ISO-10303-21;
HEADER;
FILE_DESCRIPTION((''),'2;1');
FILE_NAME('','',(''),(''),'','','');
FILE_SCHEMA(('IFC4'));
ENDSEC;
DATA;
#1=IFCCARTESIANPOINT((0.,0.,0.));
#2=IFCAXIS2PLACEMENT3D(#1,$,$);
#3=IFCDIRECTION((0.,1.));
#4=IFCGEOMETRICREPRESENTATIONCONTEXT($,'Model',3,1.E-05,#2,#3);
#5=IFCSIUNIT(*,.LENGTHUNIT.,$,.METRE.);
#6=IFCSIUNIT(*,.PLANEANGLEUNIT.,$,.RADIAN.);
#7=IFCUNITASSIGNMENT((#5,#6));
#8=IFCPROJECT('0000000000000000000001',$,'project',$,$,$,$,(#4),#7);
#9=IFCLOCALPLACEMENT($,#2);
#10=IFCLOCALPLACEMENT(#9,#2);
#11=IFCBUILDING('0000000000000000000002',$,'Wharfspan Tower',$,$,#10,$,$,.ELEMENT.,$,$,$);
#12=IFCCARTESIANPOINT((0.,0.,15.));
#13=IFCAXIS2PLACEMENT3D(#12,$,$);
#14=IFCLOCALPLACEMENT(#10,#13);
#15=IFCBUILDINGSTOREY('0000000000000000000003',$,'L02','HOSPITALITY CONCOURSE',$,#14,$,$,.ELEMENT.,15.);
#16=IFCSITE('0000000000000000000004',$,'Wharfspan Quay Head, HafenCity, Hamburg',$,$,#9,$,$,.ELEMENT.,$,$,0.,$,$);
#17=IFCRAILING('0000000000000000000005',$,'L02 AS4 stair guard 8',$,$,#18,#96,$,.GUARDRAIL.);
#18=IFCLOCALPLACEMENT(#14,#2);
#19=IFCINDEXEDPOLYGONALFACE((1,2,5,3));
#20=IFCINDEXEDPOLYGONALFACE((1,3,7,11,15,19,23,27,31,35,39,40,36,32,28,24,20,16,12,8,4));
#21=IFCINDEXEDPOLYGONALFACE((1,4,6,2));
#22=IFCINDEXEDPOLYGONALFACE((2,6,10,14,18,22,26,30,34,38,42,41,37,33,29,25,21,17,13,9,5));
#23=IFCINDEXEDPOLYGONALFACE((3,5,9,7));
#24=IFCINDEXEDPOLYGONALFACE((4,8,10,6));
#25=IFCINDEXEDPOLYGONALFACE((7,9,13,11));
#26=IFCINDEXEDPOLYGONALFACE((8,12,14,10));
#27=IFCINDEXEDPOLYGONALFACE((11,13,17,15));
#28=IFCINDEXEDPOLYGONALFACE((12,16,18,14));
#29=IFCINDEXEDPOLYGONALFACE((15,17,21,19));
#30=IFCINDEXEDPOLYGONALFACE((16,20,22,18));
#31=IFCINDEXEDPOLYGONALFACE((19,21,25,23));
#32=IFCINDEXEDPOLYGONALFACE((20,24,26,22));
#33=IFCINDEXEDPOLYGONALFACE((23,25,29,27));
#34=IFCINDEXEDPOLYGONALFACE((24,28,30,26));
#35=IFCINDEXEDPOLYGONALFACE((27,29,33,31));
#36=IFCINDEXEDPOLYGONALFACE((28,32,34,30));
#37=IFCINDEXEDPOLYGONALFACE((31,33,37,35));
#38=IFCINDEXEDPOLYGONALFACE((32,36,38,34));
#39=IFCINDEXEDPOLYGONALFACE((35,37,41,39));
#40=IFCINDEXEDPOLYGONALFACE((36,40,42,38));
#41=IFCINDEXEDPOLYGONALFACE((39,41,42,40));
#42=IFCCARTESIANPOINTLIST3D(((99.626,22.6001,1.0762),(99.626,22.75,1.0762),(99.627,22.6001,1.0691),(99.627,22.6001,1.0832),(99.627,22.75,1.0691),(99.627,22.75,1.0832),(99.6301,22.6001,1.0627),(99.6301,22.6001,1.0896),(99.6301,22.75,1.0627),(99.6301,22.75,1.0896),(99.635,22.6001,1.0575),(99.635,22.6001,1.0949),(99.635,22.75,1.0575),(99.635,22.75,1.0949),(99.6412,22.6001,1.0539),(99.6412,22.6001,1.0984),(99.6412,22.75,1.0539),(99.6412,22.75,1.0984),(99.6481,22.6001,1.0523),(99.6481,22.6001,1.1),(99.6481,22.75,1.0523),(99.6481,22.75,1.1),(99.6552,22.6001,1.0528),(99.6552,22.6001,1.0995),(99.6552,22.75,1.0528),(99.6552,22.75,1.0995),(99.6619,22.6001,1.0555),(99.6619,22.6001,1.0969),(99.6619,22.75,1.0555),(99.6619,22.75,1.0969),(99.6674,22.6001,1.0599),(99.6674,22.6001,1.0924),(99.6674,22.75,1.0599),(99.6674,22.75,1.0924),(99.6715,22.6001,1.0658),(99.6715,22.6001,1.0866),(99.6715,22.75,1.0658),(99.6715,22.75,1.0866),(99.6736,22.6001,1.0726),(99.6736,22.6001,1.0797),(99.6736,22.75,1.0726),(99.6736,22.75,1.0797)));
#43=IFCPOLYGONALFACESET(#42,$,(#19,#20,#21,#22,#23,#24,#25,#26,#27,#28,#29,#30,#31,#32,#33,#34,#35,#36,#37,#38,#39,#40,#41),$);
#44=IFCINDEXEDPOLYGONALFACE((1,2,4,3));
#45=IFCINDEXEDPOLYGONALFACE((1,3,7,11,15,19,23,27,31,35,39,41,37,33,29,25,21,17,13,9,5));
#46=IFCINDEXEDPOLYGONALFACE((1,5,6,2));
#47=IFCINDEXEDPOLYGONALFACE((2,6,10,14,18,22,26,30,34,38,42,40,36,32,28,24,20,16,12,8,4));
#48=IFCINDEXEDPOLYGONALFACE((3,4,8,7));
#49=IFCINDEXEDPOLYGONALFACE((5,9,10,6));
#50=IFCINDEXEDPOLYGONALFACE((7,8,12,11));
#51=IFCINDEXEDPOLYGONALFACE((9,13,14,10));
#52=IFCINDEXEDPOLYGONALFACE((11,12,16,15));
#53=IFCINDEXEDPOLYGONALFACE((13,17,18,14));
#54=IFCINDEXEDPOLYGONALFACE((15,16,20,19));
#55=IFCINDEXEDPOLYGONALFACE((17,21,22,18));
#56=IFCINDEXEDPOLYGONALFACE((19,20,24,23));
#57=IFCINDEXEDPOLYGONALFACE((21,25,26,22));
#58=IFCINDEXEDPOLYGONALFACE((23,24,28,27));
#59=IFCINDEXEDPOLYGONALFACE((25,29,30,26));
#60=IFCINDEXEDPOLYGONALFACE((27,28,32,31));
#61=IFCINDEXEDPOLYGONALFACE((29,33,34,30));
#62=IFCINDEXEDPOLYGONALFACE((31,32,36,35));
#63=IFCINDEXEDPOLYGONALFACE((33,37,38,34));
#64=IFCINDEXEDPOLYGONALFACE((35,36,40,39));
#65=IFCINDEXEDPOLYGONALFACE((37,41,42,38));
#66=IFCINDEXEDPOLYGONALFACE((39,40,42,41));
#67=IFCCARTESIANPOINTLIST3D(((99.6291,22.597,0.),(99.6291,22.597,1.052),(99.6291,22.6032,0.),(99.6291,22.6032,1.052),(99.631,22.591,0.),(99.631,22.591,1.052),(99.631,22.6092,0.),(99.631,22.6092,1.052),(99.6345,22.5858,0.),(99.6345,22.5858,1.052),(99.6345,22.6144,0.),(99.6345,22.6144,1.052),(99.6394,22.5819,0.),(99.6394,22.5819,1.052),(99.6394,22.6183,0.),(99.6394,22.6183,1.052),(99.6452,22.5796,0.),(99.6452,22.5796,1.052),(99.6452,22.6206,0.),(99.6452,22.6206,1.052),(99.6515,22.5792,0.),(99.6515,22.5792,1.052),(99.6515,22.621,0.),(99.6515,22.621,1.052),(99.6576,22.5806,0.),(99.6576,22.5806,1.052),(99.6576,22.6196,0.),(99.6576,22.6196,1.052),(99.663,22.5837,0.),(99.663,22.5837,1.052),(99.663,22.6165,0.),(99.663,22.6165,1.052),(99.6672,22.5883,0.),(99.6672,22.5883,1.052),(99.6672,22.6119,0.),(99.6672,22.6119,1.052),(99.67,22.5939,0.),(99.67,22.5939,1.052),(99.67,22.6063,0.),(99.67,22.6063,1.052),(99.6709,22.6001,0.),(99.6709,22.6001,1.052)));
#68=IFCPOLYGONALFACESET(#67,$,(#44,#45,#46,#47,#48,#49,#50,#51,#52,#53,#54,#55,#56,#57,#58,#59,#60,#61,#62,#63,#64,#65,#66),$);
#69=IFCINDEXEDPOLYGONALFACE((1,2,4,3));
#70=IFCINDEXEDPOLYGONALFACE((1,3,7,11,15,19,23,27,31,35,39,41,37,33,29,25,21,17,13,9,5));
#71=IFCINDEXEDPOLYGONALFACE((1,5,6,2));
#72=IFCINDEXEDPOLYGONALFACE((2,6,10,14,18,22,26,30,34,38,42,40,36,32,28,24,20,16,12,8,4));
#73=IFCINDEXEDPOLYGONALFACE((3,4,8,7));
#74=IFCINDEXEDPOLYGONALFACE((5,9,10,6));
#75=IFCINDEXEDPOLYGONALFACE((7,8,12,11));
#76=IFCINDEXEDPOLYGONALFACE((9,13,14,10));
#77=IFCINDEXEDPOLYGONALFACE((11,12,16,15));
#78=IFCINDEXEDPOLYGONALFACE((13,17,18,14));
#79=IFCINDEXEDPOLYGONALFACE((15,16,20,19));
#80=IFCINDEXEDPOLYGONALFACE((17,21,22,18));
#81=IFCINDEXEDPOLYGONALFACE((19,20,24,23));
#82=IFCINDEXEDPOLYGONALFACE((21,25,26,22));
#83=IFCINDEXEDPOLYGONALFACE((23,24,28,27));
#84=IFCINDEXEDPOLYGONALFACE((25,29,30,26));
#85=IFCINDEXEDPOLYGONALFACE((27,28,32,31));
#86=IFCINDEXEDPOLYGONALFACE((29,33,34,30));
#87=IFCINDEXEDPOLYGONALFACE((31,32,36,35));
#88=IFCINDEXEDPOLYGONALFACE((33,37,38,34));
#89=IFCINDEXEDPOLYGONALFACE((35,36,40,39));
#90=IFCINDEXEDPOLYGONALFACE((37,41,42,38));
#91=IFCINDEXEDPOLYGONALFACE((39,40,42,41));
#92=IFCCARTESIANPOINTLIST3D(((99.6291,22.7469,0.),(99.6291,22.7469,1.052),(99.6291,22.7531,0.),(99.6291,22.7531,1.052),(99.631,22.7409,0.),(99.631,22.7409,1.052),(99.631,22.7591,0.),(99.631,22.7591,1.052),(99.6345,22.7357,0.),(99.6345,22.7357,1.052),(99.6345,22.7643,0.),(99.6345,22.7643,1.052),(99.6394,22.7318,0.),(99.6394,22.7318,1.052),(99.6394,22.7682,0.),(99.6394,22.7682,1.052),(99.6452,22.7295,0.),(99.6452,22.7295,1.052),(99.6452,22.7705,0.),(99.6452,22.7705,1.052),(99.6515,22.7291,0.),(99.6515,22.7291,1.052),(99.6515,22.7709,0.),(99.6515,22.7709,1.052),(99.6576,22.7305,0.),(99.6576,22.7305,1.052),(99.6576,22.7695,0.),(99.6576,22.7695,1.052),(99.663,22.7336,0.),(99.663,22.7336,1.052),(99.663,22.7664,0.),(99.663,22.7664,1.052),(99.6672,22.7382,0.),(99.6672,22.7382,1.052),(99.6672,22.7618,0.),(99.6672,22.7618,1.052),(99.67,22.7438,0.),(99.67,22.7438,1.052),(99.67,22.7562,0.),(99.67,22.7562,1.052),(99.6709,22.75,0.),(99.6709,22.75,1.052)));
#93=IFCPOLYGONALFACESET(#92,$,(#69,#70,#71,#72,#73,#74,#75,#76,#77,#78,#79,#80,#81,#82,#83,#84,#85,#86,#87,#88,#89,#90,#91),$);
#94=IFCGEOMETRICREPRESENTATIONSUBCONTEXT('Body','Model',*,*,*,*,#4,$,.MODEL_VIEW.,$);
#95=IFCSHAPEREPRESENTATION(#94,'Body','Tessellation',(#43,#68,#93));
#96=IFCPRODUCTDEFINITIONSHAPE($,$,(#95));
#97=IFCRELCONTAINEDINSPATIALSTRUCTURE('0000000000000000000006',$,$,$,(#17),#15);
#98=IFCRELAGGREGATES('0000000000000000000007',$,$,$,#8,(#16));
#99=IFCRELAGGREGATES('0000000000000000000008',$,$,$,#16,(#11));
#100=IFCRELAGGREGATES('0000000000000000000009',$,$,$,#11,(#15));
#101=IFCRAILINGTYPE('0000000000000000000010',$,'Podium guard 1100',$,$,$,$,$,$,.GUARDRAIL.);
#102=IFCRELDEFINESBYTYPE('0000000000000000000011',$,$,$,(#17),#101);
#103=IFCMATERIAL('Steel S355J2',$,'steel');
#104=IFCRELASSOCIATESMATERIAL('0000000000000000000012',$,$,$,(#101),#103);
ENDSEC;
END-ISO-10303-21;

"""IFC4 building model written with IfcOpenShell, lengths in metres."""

from ifc_helpers import new_model, si_unit, direction, frame, origin, origin_2d, place, context, subcontext, project, spatial, circle, extrude, material, type_object, element, save


model = new_model("IFC4")

# Units and contexts
model_context = context("Model", 3, precision=1e-05, world=origin(), true_north=direction((0.0, 1.0)))
body_context = subcontext(model_context, "Body", "Model", "MODEL_VIEW")
ifc_project = project(units=[si_unit("LENGTHUNIT", "METRE"), si_unit("PLANEANGLEUNIT", "RADIAN")], contexts=[model_context])

# Site, building, storey
site_placement = place(None, origin())
site = spatial("IfcSite", under=ifc_project, at=site_placement, Name="Wharfspan Quay Head, HafenCity, Hamburg", CompositionType="ELEMENT", RefElevation=0.0)
building_placement = place(site_placement, origin())
building = spatial("IfcBuilding", under=site, at=building_placement, Name="Wharfspan Tower", CompositionType="ELEMENT")
storey_placement = place(building_placement, frame((0.0, 0.0, 15.0)))
storey = spatial("IfcBuildingStorey", under=building, at=storey_placement, Name="L02", Description="HOSPITALITY CONCOURSE", CompositionType="ELEMENT", Elevation=15.0)

# Railing
ifc_material_1 = material(Name="Steel S355J2", Category="steel")
railing_type_1 = type_object("IfcRailingType", Name="Podium guard 1100", PredefinedType="GUARDRAIL", material=ifc_material_1)
railing_1_placement = place(storey_placement, frame((99.6499, 22.6001, 0.0)))
element("IfcRailing", 1, at=railing_1_placement, inside=storey, type_object=railing_type_1, Name="L02 AS4 stair guard 8", PredefinedType="GUARDRAIL", context=body_context, shape_type="SweptSolid", body=[
    extrude(circle(Radius=0.0239, at=origin_2d()), frame((0.0, 0.0, 1.0762), z_axis=(0.0, 1.0, 0.0), x_axis=(-1.0, 0.0, 0.0)), (0.0, 0.0, 1.0), 0.1499),
    extrude(circle(Radius=0.021, at=origin_2d()), origin(), (0.0, 0.0, 1.0), 1.052),
    extrude(circle(Radius=0.021, at=origin_2d()), frame((0.0, 0.1499, 0.0)), (0.0, 0.0, 1.0), 1.052),
])

save(model, "model.ifc")
